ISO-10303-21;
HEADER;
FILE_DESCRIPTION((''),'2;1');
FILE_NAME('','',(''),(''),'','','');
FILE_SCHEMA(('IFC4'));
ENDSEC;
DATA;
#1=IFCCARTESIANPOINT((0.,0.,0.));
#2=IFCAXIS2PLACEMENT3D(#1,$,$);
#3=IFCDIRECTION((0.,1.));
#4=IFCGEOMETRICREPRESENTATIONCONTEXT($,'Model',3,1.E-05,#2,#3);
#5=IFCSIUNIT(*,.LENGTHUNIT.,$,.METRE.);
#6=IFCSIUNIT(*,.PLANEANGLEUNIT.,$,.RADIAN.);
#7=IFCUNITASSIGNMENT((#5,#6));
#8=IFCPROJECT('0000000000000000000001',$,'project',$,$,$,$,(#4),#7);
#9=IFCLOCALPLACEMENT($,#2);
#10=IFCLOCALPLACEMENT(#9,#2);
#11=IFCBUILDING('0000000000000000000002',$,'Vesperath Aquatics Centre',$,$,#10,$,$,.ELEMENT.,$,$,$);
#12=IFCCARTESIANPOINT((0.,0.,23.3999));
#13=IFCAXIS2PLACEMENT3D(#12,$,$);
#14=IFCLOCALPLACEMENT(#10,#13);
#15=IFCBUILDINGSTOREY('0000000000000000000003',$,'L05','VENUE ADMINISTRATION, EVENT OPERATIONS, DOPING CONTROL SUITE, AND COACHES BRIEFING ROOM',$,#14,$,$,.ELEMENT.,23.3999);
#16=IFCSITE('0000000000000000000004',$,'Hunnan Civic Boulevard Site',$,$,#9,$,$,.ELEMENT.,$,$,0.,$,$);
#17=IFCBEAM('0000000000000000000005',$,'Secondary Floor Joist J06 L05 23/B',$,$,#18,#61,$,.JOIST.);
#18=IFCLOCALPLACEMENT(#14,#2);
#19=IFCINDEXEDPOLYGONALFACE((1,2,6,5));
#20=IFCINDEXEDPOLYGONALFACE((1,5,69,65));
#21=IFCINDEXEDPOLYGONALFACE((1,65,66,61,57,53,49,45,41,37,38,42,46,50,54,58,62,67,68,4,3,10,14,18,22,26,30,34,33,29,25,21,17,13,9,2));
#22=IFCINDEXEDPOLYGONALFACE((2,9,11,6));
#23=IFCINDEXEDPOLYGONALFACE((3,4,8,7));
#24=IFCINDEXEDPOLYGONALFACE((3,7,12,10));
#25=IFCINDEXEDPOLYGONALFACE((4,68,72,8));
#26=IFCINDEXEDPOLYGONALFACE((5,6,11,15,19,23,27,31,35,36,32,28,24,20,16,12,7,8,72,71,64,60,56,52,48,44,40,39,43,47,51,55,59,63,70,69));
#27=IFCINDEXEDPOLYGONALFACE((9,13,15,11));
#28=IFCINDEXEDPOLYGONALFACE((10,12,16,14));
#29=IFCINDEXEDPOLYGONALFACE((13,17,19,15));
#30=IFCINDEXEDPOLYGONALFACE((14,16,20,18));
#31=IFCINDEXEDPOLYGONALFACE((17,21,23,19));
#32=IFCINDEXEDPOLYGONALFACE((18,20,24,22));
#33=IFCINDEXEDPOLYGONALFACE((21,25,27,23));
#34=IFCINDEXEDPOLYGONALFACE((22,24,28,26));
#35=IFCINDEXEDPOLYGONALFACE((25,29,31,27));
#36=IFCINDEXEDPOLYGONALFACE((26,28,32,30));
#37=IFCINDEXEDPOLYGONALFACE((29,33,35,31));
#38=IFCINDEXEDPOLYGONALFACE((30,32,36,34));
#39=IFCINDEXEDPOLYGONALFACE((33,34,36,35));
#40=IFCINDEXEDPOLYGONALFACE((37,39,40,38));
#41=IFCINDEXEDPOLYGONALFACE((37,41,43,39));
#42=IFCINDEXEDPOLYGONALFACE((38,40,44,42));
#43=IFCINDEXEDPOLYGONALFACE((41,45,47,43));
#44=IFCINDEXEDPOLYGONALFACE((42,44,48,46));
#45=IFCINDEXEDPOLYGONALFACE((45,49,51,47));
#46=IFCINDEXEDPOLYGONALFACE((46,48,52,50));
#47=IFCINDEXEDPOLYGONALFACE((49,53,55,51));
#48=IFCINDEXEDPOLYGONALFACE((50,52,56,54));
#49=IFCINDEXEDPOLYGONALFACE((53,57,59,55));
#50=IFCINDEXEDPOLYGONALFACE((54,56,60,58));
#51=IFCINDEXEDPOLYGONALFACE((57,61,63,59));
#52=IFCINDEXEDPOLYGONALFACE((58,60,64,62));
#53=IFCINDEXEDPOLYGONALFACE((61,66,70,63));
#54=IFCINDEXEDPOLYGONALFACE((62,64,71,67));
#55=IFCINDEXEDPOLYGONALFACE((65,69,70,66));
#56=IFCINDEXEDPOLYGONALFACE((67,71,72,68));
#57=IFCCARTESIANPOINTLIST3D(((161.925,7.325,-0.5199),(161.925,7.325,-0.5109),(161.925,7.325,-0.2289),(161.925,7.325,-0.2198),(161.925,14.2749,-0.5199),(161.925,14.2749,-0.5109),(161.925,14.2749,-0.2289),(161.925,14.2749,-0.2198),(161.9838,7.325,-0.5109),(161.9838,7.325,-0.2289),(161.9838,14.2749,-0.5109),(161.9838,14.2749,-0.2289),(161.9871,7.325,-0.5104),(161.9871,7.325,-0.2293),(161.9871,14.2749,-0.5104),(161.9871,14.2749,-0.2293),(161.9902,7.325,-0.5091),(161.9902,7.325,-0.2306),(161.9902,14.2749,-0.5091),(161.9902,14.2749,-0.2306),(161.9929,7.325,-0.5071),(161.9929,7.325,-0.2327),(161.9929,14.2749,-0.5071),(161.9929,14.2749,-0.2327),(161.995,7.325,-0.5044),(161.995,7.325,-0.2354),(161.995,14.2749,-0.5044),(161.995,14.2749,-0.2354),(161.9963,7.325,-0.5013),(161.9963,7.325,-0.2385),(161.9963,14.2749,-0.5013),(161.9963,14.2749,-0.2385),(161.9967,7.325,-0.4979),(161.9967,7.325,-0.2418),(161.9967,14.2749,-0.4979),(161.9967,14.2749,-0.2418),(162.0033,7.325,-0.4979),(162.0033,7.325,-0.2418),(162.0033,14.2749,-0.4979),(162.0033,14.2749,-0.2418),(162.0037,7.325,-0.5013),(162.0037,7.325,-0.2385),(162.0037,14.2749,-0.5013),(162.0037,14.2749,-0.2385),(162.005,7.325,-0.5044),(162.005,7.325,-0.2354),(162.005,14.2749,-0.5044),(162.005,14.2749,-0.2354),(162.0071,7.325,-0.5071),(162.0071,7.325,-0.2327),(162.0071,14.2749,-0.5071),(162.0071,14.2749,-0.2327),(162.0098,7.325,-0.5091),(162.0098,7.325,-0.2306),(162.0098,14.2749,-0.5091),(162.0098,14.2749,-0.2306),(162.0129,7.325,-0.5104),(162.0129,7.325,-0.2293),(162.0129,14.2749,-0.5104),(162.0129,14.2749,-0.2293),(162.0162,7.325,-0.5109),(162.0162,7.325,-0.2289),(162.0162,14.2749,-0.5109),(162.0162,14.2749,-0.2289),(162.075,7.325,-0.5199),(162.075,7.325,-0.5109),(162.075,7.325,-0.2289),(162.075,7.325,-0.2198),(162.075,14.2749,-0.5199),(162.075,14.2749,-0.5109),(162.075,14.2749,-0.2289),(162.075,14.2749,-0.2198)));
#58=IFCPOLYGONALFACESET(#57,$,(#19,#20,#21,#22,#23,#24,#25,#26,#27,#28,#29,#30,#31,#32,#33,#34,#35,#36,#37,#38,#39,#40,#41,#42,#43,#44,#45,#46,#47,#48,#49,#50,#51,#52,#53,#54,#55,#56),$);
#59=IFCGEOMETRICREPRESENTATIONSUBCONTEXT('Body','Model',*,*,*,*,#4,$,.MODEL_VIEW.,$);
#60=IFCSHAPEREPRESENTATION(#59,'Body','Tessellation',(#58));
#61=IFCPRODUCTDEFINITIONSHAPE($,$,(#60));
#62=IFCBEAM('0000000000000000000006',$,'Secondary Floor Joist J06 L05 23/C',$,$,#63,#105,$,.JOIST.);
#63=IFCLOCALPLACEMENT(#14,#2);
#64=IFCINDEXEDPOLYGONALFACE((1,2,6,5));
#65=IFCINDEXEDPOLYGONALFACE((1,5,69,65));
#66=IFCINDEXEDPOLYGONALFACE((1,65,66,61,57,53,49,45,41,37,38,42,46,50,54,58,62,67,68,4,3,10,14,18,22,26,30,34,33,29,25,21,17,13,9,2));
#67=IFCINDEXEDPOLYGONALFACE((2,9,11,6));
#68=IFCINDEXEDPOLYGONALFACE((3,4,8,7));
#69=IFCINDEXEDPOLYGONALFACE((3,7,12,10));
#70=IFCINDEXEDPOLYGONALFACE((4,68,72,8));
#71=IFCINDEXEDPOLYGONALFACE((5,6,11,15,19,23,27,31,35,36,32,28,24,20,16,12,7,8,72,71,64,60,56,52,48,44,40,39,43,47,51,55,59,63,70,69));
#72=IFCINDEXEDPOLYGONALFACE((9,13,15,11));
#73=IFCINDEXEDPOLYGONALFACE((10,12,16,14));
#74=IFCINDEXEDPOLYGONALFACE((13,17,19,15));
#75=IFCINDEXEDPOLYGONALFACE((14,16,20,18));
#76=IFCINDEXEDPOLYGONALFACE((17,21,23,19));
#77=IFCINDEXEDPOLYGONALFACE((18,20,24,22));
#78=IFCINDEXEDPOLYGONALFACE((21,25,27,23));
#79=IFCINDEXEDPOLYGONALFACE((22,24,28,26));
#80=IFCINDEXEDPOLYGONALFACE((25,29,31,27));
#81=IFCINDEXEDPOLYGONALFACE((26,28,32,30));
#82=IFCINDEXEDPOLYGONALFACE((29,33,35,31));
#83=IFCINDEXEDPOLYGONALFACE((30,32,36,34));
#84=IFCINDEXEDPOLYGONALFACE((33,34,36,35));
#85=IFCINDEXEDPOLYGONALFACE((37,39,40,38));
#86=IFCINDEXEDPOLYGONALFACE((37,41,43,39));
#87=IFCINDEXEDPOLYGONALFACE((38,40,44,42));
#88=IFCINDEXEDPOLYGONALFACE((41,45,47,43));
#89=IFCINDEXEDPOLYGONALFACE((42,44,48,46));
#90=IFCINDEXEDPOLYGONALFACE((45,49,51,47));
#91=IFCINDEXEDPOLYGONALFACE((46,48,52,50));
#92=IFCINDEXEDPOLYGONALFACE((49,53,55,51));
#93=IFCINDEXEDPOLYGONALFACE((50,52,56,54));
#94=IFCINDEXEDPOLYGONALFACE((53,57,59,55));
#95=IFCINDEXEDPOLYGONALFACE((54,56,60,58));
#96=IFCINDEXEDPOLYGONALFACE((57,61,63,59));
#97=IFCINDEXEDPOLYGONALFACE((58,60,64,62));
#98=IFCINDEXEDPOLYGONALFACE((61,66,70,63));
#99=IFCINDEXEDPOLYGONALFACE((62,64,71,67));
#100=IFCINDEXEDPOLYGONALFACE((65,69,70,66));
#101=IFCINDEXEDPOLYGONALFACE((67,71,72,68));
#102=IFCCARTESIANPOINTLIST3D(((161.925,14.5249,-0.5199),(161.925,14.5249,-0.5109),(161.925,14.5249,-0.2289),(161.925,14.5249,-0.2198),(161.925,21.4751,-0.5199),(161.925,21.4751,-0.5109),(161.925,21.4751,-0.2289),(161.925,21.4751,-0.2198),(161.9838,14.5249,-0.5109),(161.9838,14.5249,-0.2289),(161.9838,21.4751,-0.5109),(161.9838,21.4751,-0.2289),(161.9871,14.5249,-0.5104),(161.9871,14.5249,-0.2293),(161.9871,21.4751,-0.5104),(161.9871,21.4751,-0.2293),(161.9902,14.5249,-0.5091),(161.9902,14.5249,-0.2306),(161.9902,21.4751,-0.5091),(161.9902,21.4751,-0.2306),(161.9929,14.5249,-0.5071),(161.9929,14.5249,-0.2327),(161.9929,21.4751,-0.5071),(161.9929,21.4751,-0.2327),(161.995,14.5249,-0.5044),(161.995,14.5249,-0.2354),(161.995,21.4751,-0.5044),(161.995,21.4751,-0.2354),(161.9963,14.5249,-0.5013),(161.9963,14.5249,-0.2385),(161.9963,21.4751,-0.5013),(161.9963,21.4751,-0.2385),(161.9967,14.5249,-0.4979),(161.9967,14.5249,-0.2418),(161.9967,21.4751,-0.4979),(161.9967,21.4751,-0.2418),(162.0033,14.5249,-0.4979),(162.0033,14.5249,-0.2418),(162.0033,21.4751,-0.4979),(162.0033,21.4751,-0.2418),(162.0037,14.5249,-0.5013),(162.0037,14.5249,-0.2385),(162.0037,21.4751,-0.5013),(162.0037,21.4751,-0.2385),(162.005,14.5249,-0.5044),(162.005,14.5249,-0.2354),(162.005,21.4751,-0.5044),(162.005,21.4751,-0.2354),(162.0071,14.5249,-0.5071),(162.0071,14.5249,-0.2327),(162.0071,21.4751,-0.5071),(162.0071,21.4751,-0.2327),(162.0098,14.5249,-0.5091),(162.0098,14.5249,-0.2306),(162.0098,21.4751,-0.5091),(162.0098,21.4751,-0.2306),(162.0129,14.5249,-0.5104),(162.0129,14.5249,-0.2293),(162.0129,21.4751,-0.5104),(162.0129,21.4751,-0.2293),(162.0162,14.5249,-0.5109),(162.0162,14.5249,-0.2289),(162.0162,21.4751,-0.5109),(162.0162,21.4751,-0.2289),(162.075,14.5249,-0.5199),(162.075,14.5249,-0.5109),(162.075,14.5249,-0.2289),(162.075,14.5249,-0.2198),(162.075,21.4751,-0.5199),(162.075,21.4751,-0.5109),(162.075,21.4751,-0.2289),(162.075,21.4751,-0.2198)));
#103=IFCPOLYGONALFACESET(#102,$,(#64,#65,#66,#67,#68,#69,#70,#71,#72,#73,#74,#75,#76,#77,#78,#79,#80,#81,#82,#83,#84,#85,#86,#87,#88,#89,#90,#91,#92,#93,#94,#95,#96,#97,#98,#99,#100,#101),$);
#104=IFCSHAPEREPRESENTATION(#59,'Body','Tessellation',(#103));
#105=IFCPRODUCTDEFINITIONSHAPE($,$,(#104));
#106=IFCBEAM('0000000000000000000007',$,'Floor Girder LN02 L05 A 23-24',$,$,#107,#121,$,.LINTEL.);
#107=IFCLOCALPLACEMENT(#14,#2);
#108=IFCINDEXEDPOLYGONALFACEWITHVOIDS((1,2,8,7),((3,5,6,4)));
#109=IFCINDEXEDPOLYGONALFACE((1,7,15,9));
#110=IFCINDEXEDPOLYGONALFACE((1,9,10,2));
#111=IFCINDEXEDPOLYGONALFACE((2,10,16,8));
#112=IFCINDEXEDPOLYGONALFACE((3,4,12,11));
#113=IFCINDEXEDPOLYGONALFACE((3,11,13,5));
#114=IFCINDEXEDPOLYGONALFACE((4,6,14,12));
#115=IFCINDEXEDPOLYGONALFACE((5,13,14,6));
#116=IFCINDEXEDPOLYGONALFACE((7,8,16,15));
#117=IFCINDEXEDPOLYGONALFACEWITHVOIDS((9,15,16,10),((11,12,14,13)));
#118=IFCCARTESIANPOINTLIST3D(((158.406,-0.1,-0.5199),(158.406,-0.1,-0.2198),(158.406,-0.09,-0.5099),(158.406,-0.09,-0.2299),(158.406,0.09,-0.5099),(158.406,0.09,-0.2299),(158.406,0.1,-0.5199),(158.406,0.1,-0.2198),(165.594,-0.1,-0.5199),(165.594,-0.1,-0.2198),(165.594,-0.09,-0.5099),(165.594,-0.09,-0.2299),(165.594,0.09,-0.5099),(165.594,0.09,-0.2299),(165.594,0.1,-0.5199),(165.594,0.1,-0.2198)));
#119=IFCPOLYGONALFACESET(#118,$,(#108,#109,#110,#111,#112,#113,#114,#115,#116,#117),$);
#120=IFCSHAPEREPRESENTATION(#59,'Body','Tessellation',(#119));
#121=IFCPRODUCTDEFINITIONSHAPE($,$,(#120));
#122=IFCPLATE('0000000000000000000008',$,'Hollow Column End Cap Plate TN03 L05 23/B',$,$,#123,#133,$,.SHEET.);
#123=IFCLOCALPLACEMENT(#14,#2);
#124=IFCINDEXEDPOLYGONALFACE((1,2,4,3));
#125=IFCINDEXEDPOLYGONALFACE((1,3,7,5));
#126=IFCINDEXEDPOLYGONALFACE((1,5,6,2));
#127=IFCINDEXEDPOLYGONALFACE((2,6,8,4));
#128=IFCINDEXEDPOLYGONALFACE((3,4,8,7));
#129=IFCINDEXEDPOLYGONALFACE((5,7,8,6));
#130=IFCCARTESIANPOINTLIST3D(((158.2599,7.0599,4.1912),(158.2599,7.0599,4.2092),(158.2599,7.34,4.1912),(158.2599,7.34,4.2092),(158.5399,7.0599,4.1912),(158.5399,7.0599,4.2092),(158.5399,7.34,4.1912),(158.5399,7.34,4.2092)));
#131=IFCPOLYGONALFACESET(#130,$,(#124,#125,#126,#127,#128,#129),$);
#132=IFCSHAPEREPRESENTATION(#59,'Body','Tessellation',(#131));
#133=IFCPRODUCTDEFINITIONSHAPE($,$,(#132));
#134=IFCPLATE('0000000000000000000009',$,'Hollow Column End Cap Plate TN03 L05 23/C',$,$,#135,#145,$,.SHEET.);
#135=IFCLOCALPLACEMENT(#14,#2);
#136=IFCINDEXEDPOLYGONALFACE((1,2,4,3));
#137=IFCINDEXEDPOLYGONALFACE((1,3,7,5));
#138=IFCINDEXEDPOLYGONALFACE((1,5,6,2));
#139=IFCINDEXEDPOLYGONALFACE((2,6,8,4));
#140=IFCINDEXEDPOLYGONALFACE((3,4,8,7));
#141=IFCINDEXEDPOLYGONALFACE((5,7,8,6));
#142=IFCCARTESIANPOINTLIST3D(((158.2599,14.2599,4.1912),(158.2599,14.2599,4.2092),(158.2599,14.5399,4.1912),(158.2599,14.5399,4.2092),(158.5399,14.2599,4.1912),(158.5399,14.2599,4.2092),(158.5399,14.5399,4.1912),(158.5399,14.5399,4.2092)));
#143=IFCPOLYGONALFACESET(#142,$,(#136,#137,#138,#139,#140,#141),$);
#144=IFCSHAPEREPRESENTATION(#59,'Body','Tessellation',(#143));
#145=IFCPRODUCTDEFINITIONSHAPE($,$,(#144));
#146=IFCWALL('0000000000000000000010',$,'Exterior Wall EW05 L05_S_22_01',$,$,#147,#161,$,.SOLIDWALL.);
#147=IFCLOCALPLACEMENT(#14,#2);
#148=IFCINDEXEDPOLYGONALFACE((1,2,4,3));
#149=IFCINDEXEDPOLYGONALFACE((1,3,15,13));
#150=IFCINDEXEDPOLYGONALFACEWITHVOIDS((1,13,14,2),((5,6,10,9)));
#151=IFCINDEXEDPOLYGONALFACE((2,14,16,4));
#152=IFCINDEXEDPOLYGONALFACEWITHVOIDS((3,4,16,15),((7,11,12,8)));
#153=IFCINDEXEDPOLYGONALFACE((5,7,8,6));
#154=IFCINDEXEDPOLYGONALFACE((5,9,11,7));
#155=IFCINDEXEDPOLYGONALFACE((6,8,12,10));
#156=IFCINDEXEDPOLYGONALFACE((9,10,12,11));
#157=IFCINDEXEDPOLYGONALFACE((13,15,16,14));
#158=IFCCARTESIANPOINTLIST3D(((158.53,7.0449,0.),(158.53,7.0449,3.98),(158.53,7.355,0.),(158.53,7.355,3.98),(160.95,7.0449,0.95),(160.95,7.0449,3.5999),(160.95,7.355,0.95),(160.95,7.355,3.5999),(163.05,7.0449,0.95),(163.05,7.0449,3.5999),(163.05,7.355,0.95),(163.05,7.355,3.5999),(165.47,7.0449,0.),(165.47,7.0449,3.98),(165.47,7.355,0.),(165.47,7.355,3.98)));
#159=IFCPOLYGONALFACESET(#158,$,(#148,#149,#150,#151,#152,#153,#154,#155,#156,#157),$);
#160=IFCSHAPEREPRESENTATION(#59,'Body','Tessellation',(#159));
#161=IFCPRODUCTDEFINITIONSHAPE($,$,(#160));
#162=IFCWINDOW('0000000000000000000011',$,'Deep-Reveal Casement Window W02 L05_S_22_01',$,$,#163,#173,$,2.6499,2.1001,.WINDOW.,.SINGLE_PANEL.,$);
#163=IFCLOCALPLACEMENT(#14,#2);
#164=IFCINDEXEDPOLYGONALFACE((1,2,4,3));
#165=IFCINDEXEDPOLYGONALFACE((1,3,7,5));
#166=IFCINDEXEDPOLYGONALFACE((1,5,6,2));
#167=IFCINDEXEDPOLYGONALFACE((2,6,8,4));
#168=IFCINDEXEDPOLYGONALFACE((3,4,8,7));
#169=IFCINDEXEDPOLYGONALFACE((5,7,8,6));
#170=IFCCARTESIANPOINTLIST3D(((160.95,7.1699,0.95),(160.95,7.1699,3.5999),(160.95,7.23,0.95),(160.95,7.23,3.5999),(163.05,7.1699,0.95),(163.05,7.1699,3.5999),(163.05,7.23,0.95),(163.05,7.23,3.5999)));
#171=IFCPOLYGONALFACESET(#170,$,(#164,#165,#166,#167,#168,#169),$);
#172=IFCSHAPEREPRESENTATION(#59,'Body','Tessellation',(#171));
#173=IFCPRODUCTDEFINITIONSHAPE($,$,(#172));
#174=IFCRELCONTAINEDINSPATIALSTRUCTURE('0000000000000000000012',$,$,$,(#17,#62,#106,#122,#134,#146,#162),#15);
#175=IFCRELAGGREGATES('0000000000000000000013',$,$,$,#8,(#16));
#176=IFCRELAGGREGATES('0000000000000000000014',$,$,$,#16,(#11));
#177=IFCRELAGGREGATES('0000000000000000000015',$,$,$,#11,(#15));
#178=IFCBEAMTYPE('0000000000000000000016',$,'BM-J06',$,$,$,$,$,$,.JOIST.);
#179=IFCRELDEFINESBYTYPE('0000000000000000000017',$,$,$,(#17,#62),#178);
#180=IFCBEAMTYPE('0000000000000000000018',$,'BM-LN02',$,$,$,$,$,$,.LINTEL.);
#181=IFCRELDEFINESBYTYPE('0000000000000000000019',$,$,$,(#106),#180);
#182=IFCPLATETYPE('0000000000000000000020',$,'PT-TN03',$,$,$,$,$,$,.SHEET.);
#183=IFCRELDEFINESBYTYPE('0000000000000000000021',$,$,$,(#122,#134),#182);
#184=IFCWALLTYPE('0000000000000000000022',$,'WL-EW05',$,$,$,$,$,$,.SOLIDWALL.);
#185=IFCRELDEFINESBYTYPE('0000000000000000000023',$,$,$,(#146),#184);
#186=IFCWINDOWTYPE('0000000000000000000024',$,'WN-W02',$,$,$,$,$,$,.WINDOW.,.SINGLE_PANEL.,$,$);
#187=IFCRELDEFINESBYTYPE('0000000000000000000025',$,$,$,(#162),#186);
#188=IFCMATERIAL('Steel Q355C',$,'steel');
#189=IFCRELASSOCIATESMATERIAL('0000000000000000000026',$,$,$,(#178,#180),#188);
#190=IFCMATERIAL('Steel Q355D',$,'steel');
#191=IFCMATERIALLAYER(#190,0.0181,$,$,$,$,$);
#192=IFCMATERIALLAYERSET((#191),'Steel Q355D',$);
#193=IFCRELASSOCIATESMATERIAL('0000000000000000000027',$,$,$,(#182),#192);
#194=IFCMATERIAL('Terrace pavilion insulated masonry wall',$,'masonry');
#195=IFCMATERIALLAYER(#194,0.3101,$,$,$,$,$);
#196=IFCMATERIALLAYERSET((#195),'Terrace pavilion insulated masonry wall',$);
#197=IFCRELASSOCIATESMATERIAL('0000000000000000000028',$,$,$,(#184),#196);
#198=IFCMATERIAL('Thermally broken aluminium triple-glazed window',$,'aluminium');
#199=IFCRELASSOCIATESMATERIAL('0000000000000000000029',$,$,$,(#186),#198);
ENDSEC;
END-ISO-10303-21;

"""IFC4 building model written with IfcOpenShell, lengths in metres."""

from ifc_helpers import new_model, si_unit, direction, frame, frame_2d, origin, origin_2d, place, context, subcontext, project, spatial, rectangle, hollow_rectangle, i_section, extrude, material, layer, layer_set, material_profile, profile_set, type_object, element, fill, save


model = new_model("IFC4")

# Units and contexts
model_context = context("Model", 3, precision=1e-05, world=origin(), true_north=direction((0.0, 1.0)))
body_context = subcontext(model_context, "Body", "Model", "MODEL_VIEW")
ifc_project = project(units=[si_unit("LENGTHUNIT", "METRE"), si_unit("PLANEANGLEUNIT", "RADIAN")], contexts=[model_context])

# Site, building, storey
site_placement = place(None, origin())
site = spatial("IfcSite", under=ifc_project, at=site_placement, Name="Hunnan Civic Boulevard Site", CompositionType="ELEMENT", RefElevation=0.0)
building_placement = place(site_placement, origin())
building = spatial("IfcBuilding", under=site, at=building_placement, Name="Vesperath Aquatics Centre", CompositionType="ELEMENT")
storey_placement = place(building_placement, frame((0.0, 0.0, 23.3999)))
storey = spatial("IfcBuildingStorey", under=building, at=storey_placement, Name="L05", Description="VENUE ADMINISTRATION, EVENT OPERATIONS, DOPING CONTROL SUITE, AND COACHES BRIEFING ROOM", CompositionType="ELEMENT", Elevation=23.3999)

# Shared definitions
ifc_material_1 = material(Name="Steel Q355C", Category="steel")

# Beams
ifc_material_profile_1 = material_profile(ifc_material_1, i_section(OverallWidth=0.1499, OverallDepth=0.3, WebThickness=0.0066, FlangeThickness=0.009, FilletRadius=0.0129, at=origin_2d()), Name="HN 300x150x6.5x9")
ifc_profile_set_1 = profile_set([ifc_material_profile_1], Name="Steel Q355C")
beam_type_1 = type_object("IfcBeamType", Name="BM-J06", PredefinedType="JOIST", material=ifc_profile_set_1)
beam_1_placement = place(storey_placement, frame((162.0, 7.325, -0.3699), z_axis=(0.0, 1.0, 0.0), x_axis=(-1.0, 0.0, 0.0)))
element("IfcBeam", 1, at=beam_1_placement, inside=storey, type_object=beam_type_1, Name="Secondary Floor Joist J06 L05 23/B", PredefinedType="JOIST", context=body_context, shape_type="SweptSolid", body=[
    extrude(i_section(OverallWidth=0.1499, OverallDepth=0.3, WebThickness=0.0066, FlangeThickness=0.009, FilletRadius=0.0129, at=origin_2d()), origin(), (0.0, 0.0, 1.0), 6.95),
])
beam_2_placement = place(storey_placement, frame((162.0, 14.5249, -0.3699), z_axis=(0.0, 1.0, 0.0), x_axis=(-1.0, 0.0, 0.0)))
element("IfcBeam", 2, at=beam_2_placement, inside=storey, type_object=beam_type_1, Name="Secondary Floor Joist J06 L05 23/C", PredefinedType="JOIST", context=body_context, shape_type="SweptSolid", body=[
    extrude(i_section(OverallWidth=0.1499, OverallDepth=0.3, WebThickness=0.0066, FlangeThickness=0.009, FilletRadius=0.0129, at=origin_2d()), origin(), (0.0, 0.0, 1.0), 6.9502),
])
ifc_material_profile_2 = material_profile(ifc_material_1, hollow_rectangle(XDim=0.2, YDim=0.3, WallThickness=0.01, at=origin_2d()), Name="RHS 300x200x10")
ifc_profile_set_2 = profile_set([ifc_material_profile_2], Name="Steel Q355C")
beam_type_2 = type_object("IfcBeamType", Name="BM-LN02", PredefinedType="LINTEL", material=ifc_profile_set_2)
beam_3_placement = place(storey_placement, frame((158.406, 0.0, -0.3699), z_axis=(1.0, 0.0, 0.0), x_axis=(0.0, 1.0, 0.0)))
element("IfcBeam", 3, at=beam_3_placement, inside=storey, type_object=beam_type_2, Name="Floor Girder LN02 L05 A 23-24", PredefinedType="LINTEL", context=body_context, shape_type="SweptSolid", body=[
    extrude(hollow_rectangle(XDim=0.2, YDim=0.3, WallThickness=0.01, at=origin_2d()), origin(), (0.0, 0.0, 1.0), 7.188),
])

# Plates
ifc_material_2 = material(Name="Steel Q355D", Category="steel")
ifc_layer_1 = layer(ifc_material_2, 0.0181)
ifc_layer_set_1 = layer_set([ifc_layer_1], Name="Steel Q355D")
plate_type = type_object("IfcPlateType", Name="PT-TN03", PredefinedType="SHEET", material=ifc_layer_set_1)
for number, where, z_axis, x_axis, name in (
    (4, (158.3999, 7.2, 4.1912), (0.0, 0.0, 1.0), (1.0, 0.0, 0.0), "Hollow Column End Cap Plate TN03 L05 23/B"),
    (5, (158.3999, 14.3999, 4.1912), (0.0, 0.0, 1.0), (1.0, 0.0, 0.0), "Hollow Column End Cap Plate TN03 L05 23/C"),
):
    element("IfcPlate", number, at=place(storey_placement, frame(where, z_axis=z_axis, x_axis=x_axis)), inside=storey, type_object=plate_type, Name=name, PredefinedType="SHEET", context=body_context, shape_type="SweptSolid", body=[
        extrude(rectangle(XDim=0.28, YDim=0.28, at=origin_2d()), origin(), (0.0, 0.0, 1.0), 0.0181),
    ])

# Wall, opening, window
ifc_material_3 = material(Name="Terrace pavilion insulated masonry wall", Category="masonry")
ifc_layer_2 = layer(ifc_material_3, 0.3101)
ifc_layer_set_2 = layer_set([ifc_layer_2], Name="Terrace pavilion insulated masonry wall")
wall_type_1 = type_object("IfcWallType", Name="WL-EW05", PredefinedType="SOLIDWALL", material=ifc_layer_set_2)
wall_1_placement = place(storey_placement, frame((158.53, 7.2, 0.0), z_axis=(0.0, 0.0, 1.0), x_axis=(1.0, 0.0, 0.0)))
wall_1 = element("IfcWall", 6, at=wall_1_placement, inside=storey, type_object=wall_type_1, Name="Exterior Wall EW05 L05_S_22_01", PredefinedType="SOLIDWALL", context=body_context, shape_type="SweptSolid", body=[
    extrude(rectangle(XDim=6.9399, YDim=0.3101, at=frame_2d((3.47, 0.0))), origin(), (0.0, 0.0, 1.0), 3.98),
])
opening_1_placement = place(wall_1_placement, frame((2.4199, 0.0, 0.95)))
opening_1 = element("IfcOpeningElement", 7, at=opening_1_placement, cuts=wall_1, PredefinedType="OPENING", context=body_context, shape_type="SweptSolid", body=[
    extrude(rectangle(XDim=2.1001, YDim=2.6499, at=frame_2d((1.05, 1.325))), frame((0.0, 0.1699, 0.0), z_axis=(0.0, -1.0, 0.0), x_axis=(1.0, 0.0, 0.0)), (0.0, 0.0, 1.0), 0.3398),
])
ifc_material_4 = material(Name="Thermally broken aluminium triple-glazed window", Category="aluminium")
window_type = type_object("IfcWindowType", Name="WN-W02", PartitioningType="SINGLE_PANEL", PredefinedType="WINDOW", material=ifc_material_4)
window_placement = place(opening_1_placement, origin())
window = element("IfcWindow", 8, at=window_placement, inside=storey, type_object=window_type, Name="Deep-Reveal Casement Window W02 L05_S_22_01", OverallHeight=2.6499, OverallWidth=2.1001, PartitioningType="SINGLE_PANEL", PredefinedType="WINDOW", context=body_context, shape_type="SweptSolid", body=[
    extrude(rectangle(XDim=2.1001, YDim=2.6499, at=frame_2d((1.05, 1.325))), frame((0.0, 0.03, 0.0), z_axis=(0.0, -1.0, 0.0), x_axis=(1.0, 0.0, 0.0)), (0.0, 0.0, 1.0), 0.0601),
])
fill(opening_1, window)

save(model, "model.ifc")
